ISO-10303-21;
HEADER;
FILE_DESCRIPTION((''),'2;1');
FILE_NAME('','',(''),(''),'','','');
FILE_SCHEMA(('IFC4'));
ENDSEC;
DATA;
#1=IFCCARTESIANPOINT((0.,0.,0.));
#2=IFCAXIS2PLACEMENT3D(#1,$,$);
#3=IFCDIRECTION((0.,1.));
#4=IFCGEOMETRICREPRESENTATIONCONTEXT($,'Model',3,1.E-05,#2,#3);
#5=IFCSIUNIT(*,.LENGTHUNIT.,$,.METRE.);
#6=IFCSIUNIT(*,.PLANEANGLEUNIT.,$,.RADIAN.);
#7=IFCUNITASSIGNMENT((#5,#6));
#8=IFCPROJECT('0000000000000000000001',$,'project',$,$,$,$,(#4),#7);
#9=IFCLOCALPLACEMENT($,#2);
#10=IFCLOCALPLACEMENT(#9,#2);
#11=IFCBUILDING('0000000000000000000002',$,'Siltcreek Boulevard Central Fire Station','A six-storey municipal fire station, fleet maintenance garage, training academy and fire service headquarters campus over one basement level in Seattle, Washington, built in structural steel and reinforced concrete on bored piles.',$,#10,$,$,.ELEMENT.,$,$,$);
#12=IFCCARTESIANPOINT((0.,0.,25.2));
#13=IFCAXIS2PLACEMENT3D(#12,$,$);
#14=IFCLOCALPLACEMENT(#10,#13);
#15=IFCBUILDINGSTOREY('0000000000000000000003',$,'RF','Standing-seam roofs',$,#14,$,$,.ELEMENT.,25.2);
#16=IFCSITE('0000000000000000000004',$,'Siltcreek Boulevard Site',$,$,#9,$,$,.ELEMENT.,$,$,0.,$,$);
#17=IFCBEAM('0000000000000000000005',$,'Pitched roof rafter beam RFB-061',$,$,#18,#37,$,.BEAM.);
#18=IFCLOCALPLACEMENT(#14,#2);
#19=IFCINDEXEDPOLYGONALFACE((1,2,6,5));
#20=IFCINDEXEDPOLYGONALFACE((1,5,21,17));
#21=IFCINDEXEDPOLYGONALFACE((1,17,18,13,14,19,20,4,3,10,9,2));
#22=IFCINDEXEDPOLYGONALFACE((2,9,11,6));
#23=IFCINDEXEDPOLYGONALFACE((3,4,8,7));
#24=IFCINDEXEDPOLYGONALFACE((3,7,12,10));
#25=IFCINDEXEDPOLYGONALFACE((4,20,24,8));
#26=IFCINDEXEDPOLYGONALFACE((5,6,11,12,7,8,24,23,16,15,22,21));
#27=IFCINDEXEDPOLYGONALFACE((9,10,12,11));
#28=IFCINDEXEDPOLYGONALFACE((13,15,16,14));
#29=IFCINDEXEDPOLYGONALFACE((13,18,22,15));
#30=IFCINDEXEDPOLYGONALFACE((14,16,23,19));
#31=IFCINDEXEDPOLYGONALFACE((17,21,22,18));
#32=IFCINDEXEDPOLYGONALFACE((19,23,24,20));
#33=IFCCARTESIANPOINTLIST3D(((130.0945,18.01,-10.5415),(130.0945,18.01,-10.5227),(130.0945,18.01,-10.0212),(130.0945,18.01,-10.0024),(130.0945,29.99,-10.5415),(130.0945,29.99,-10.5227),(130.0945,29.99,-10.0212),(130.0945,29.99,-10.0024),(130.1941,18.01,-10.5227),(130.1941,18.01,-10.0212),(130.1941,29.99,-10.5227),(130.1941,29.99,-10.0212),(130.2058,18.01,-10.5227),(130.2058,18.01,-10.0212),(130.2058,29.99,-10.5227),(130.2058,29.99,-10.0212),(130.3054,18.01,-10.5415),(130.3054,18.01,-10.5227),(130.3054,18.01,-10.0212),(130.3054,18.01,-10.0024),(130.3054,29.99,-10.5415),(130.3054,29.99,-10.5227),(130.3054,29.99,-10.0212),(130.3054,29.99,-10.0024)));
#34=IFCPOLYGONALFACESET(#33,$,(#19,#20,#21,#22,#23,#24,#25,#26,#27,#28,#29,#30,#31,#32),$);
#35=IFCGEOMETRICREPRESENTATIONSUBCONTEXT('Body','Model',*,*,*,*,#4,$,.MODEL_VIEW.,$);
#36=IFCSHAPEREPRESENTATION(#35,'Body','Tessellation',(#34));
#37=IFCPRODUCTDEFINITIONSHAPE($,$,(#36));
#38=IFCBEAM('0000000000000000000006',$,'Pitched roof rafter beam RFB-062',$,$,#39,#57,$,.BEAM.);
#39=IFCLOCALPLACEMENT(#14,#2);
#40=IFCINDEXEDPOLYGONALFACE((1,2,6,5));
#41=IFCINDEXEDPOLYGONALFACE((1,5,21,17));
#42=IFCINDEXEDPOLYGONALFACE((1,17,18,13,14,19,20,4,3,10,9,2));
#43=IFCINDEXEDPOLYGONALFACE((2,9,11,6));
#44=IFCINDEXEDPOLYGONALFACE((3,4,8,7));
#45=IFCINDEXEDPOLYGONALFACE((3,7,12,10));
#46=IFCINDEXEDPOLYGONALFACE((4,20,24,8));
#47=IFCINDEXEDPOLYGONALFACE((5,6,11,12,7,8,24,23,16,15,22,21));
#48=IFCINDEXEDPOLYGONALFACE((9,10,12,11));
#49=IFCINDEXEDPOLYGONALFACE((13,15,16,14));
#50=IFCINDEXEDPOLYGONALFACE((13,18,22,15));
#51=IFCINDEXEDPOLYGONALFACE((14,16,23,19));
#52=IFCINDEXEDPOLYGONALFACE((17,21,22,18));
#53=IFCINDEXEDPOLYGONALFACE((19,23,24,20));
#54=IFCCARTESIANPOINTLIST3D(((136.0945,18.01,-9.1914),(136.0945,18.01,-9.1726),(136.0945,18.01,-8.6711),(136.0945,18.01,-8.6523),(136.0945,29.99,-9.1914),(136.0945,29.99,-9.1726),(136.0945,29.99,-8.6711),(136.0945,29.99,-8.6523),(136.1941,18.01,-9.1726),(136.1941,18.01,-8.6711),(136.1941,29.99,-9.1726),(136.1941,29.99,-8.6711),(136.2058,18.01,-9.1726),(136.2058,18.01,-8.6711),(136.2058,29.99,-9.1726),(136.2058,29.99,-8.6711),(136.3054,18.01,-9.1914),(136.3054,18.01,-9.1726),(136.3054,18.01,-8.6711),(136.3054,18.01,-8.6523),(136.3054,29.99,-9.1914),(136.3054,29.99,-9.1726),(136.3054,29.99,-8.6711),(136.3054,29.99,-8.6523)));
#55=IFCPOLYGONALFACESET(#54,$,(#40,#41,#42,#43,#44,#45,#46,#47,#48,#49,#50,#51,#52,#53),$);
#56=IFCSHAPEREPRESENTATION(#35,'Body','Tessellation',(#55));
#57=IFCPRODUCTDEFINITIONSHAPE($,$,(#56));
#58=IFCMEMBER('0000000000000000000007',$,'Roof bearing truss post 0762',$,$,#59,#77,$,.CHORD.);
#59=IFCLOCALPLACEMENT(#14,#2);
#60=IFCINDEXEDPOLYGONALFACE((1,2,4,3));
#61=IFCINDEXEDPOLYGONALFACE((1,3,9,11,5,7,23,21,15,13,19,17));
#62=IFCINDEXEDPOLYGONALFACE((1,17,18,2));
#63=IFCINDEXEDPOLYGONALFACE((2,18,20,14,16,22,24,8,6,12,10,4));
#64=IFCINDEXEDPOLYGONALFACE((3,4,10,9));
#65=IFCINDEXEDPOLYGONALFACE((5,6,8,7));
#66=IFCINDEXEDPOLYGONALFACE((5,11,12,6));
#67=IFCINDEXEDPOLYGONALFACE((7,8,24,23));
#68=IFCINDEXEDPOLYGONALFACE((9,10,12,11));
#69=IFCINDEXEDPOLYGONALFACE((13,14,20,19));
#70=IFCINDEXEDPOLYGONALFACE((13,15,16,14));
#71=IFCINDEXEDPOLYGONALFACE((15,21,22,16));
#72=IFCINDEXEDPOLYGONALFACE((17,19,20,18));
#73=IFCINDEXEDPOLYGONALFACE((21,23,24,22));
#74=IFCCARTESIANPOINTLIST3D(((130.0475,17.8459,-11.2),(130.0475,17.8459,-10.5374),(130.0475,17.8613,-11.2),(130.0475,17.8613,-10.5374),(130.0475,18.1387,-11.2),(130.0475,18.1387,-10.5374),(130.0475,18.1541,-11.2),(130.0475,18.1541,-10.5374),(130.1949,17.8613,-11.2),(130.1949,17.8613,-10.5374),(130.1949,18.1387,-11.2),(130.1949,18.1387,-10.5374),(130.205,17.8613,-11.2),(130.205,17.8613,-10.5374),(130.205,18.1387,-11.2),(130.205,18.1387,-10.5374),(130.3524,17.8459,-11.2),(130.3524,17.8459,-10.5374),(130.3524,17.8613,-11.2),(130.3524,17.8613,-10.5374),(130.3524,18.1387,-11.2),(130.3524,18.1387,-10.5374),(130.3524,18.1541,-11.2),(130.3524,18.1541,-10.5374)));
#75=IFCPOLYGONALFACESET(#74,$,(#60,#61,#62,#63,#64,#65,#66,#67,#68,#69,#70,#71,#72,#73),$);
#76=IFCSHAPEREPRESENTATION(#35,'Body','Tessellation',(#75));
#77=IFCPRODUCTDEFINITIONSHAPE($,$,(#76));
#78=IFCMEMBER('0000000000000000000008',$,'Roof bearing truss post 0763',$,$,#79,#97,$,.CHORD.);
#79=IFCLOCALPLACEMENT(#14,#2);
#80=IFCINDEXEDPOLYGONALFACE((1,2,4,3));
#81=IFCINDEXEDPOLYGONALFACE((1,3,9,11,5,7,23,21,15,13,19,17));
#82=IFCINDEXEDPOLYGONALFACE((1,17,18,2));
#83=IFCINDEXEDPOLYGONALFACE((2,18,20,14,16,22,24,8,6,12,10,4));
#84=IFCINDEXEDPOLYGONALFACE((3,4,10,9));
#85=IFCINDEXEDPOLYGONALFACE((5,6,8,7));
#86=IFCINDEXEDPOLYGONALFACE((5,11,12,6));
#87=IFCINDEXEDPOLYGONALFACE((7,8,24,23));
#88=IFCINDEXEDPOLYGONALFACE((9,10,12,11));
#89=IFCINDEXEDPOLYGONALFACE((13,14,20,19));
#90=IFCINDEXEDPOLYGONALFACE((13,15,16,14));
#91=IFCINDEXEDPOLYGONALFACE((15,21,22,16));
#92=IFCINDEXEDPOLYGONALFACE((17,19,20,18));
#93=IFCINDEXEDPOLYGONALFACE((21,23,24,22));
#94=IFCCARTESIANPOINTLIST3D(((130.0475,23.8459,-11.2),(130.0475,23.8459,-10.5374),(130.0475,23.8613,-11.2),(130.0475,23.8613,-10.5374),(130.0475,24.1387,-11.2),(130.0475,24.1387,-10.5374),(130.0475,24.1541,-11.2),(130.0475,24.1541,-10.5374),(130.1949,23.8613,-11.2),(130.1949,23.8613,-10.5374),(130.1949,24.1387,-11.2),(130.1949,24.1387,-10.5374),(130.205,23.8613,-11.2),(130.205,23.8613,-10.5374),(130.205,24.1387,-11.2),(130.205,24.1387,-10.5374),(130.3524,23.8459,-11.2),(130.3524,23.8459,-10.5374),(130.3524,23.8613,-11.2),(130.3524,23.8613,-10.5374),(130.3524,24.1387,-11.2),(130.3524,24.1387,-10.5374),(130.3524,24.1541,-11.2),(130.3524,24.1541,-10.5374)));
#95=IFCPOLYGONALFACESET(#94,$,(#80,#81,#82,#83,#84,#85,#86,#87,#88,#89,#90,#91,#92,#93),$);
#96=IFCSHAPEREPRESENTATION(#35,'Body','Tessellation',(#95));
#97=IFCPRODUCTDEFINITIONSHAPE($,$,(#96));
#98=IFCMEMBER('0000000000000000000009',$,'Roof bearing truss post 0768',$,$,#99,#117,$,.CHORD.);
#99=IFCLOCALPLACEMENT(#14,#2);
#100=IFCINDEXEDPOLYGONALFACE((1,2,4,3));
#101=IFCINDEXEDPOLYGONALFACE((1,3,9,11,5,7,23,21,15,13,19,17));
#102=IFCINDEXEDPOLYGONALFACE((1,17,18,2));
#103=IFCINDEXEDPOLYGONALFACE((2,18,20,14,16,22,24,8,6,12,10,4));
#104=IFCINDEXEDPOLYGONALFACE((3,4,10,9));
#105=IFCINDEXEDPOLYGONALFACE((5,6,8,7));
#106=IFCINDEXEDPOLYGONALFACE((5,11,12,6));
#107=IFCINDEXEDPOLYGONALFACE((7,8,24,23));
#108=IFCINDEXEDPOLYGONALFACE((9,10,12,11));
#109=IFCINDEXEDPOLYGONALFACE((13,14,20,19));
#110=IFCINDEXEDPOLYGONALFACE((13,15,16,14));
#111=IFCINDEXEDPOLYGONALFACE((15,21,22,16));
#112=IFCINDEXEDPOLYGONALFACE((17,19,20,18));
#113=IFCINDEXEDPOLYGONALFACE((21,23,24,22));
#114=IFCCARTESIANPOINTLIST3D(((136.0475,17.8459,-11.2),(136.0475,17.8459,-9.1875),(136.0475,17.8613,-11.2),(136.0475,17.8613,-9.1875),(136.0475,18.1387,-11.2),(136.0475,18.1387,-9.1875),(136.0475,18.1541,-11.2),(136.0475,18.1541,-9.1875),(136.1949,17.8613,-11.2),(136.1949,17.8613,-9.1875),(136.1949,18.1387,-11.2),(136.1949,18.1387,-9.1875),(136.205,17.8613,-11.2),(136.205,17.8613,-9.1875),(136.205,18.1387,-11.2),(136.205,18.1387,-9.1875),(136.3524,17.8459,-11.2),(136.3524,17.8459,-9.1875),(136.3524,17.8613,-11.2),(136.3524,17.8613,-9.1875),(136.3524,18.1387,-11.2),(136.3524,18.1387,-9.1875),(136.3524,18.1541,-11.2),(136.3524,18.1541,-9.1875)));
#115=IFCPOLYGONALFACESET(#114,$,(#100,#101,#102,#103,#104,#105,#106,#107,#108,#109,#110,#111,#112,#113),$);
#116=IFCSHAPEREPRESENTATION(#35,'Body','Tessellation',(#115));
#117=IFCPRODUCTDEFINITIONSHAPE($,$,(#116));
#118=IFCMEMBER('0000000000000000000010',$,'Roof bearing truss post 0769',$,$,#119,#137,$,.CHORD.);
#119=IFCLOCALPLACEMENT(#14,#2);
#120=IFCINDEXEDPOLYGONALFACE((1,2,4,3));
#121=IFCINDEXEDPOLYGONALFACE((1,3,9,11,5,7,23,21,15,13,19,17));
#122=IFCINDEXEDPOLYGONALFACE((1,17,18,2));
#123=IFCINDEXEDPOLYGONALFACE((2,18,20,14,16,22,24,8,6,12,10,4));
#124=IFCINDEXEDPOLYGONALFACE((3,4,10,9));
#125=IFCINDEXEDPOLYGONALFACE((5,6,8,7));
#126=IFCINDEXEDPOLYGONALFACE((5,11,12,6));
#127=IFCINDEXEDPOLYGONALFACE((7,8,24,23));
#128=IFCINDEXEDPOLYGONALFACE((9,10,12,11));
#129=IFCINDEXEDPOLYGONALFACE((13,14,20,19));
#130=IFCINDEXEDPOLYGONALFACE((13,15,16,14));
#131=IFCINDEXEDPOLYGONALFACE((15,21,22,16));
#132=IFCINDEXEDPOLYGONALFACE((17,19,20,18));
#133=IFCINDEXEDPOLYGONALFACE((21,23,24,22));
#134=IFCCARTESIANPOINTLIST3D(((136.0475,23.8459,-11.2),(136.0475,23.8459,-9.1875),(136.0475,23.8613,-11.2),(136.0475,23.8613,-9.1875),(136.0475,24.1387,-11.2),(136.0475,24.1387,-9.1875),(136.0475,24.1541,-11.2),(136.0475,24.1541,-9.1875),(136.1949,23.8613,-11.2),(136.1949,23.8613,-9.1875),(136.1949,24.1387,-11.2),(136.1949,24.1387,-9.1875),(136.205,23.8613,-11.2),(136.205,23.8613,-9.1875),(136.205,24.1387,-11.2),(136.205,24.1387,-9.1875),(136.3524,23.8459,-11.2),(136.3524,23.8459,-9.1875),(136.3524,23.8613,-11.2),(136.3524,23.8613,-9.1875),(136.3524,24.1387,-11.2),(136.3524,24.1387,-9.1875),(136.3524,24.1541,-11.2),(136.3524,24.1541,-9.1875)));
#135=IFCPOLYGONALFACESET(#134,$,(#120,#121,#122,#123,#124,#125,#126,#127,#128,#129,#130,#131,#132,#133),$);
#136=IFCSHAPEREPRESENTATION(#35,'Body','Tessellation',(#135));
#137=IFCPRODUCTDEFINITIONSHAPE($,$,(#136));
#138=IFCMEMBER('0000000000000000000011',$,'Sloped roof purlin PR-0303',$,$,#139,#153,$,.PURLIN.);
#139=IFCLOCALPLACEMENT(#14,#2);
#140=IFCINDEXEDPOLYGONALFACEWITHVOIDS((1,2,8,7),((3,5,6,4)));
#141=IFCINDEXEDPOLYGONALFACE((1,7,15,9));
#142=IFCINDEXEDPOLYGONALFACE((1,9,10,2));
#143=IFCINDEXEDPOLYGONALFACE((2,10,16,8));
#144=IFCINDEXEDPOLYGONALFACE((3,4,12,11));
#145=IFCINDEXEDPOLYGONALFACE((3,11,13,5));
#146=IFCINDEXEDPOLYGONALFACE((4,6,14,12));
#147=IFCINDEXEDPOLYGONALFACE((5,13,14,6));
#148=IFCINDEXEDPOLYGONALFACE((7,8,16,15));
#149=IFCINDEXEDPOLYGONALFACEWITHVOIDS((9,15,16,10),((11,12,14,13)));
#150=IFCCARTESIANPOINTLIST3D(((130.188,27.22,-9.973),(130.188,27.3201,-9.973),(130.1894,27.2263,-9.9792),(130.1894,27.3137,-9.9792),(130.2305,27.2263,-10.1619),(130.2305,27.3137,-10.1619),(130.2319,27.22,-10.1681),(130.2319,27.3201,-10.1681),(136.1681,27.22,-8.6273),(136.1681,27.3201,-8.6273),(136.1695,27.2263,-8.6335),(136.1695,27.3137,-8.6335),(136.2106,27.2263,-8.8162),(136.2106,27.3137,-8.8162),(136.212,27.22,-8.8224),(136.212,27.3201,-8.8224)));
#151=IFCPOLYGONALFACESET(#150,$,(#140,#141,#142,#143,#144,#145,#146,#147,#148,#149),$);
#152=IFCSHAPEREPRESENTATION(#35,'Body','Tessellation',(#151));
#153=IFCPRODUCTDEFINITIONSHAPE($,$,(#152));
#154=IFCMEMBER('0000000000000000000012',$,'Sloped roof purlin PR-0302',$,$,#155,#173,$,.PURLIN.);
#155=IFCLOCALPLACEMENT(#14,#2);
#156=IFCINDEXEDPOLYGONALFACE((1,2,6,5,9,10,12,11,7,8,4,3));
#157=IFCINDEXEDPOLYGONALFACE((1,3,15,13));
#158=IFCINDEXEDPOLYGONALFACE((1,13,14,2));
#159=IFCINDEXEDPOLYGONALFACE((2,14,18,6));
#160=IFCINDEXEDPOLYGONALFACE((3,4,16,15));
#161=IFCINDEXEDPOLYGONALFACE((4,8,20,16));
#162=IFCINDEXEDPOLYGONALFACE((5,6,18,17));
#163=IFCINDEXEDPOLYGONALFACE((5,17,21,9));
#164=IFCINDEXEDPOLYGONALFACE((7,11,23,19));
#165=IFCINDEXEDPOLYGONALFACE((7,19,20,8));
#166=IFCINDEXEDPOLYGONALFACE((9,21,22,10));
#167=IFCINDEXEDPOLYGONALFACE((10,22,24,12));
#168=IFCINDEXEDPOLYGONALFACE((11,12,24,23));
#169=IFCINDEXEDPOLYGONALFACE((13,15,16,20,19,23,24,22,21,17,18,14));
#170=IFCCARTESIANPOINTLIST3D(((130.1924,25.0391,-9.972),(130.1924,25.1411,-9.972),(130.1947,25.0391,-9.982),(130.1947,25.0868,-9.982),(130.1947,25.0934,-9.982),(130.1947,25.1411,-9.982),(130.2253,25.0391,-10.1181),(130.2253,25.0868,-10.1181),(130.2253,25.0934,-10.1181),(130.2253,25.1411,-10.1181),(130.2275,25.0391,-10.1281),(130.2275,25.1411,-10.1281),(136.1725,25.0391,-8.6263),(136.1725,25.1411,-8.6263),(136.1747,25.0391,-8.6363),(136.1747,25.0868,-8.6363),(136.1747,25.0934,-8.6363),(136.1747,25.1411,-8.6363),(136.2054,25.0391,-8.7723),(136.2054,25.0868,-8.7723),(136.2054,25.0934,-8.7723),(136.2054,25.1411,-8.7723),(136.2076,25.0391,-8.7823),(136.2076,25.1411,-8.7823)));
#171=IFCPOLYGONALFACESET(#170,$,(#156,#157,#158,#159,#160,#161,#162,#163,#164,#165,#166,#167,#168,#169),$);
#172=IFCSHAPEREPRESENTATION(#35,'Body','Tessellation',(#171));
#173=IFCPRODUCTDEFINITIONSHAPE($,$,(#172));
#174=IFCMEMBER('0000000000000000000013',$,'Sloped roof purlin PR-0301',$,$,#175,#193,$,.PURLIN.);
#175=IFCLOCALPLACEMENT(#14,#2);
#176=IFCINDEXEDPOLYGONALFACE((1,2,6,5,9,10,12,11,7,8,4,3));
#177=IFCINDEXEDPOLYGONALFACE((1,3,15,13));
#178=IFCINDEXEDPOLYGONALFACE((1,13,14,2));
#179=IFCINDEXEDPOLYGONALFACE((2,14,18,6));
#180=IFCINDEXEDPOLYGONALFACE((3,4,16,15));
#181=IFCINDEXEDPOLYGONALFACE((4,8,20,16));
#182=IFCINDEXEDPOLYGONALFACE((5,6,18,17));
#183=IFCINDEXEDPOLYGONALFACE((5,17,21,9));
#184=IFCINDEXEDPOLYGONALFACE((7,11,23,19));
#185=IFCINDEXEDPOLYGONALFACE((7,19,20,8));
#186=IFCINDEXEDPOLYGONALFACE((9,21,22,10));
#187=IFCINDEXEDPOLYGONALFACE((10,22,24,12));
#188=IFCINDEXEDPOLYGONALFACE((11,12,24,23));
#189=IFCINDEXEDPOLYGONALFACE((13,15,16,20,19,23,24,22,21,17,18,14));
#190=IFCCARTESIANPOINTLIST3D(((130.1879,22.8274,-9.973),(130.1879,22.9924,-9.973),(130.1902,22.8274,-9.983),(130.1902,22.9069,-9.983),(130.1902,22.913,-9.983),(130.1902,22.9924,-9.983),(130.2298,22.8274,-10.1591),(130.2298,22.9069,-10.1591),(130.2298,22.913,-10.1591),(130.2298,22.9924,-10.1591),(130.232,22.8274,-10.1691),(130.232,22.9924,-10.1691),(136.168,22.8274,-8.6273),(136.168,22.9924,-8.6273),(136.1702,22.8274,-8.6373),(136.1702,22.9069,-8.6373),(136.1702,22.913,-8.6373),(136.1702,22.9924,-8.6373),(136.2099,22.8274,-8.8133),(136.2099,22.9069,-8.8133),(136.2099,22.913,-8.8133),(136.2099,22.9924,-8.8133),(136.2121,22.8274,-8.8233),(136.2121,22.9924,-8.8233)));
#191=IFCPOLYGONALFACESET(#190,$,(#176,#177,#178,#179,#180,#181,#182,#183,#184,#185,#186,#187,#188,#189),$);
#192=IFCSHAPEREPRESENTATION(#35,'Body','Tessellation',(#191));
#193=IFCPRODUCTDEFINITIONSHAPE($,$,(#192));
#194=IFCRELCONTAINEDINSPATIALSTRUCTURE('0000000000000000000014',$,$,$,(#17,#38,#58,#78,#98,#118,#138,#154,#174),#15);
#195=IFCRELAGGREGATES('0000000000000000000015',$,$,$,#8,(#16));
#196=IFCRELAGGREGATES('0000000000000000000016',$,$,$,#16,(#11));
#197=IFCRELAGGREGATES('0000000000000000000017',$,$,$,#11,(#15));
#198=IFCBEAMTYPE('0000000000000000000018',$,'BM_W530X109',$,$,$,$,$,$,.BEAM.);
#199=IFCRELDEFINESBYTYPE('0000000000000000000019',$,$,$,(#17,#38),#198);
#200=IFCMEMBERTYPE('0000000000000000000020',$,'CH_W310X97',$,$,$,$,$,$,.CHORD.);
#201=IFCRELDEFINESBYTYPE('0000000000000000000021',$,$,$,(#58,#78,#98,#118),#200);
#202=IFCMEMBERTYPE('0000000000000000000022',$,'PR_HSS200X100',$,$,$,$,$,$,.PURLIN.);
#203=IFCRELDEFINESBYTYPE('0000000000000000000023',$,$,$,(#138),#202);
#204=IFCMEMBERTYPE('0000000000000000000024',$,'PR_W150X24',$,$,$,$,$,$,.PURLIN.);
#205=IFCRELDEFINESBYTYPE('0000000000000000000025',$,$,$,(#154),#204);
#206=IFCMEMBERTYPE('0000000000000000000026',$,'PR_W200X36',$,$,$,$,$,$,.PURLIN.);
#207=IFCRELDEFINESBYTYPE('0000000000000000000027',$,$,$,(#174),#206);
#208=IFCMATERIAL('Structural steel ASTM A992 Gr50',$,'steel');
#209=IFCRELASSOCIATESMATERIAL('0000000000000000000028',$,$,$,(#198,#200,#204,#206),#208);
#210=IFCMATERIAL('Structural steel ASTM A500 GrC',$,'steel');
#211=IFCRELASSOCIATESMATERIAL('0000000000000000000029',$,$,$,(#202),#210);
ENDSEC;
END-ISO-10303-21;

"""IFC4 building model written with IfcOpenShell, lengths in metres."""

from ifc_helpers import new_model, si_unit, direction, frame, origin, origin_2d, place, context, subcontext, project, spatial, hollow_rectangle, i_section, extrude, material, material_profile, profile_set, type_object, element, save


model = new_model("IFC4")

# Units and contexts
model_context = context("Model", 3, precision=1e-05, world=origin(), true_north=direction((0.0, 1.0)))
body_context = subcontext(model_context, "Body", "Model", "MODEL_VIEW")
ifc_project = project(units=[si_unit("LENGTHUNIT", "METRE"), si_unit("PLANEANGLEUNIT", "RADIAN")], contexts=[model_context])

# Site, building, storey
site_placement = place(None, origin())
site = spatial("IfcSite", under=ifc_project, at=site_placement, Name="Siltcreek Boulevard Site", CompositionType="ELEMENT", RefElevation=0.0)
building_placement = place(site_placement, origin())
building = spatial("IfcBuilding", under=site, at=building_placement, Name="Siltcreek Boulevard Central Fire Station", Description="A six-storey municipal fire station, fleet maintenance garage, training academy and fire service headquarters campus over one basement level in Seattle, Washington, built in structural steel and reinforced concrete on bored piles.", CompositionType="ELEMENT")
storey_placement = place(building_placement, frame((0.0, 0.0, 25.2)))
storey = spatial("IfcBuildingStorey", under=building, at=storey_placement, Name="RF", Description="Standing-seam roofs", CompositionType="ELEMENT", Elevation=25.2)

# Beams
ifc_material_1 = material(Name="Structural steel ASTM A992 Gr50", Category="steel")
ifc_material_profile_1 = material_profile(ifc_material_1, i_section(OverallWidth=0.2109, OverallDepth=0.5391, WebThickness=0.0117, FlangeThickness=0.0188, at=origin_2d()), Name="W530X109")
ifc_profile_set_1 = profile_set([ifc_material_profile_1], Name="Structural steel ASTM A992 Gr50")
beam_type = type_object("IfcBeamType", Name="BM_W530X109", PredefinedType="BEAM", material=ifc_profile_set_1)
for number, where, z_axis, x_axis, name in (
    (1, (130.2, 18.01, -10.272), (0.0, 1.0, 0.0), (-1.0, 0.0, 0.0), "Pitched roof rafter beam RFB-061"),
    (2, (136.2, 18.01, -8.9219), (0.0, 1.0, 0.0), (-1.0, 0.0, 0.0), "Pitched roof rafter beam RFB-062"),
):
    element("IfcBeam", number, at=place(storey_placement, frame(where, z_axis=z_axis, x_axis=x_axis)), inside=storey, type_object=beam_type, Name=name, PredefinedType="BEAM", context=body_context, shape_type="SweptSolid", body=[
        extrude(i_section(OverallWidth=0.2109, OverallDepth=0.5391, WebThickness=0.0117, FlangeThickness=0.0188, at=origin_2d()), origin(), (0.0, 0.0, 1.0), 11.98),
    ])

# Members
ifc_material_profile_2 = material_profile(ifc_material_1, i_section(OverallWidth=0.3049, OverallDepth=0.3081, WebThickness=0.01, FlangeThickness=0.0154, at=origin_2d()), Name="W310X97")
ifc_profile_set_2 = profile_set([ifc_material_profile_2], Name="Structural steel ASTM A992 Gr50")
member_type_1 = type_object("IfcMemberType", Name="CH_W310X97", PredefinedType="CHORD", material=ifc_profile_set_2)
for number, where, z_axis, x_axis, name in (
    (3, (130.2, 18.0, -11.2), (0.0, 0.0, 1.0), (1.0, 0.0, 0.0), "Roof bearing truss post 0762"),
    (4, (130.2, 24.0, -11.2), (0.0, 0.0, 1.0), (1.0, 0.0, 0.0), "Roof bearing truss post 0763"),
):
    element("IfcMember", number, at=place(storey_placement, frame(where, z_axis=z_axis, x_axis=x_axis)), inside=storey, type_object=member_type_1, Name=name, PredefinedType="CHORD", context=body_context, shape_type="SweptSolid", body=[
        extrude(i_section(OverallWidth=0.3049, OverallDepth=0.3081, WebThickness=0.01, FlangeThickness=0.0154, at=origin_2d()), origin(), (0.0, 0.0, 1.0), 0.6626),
    ])
for number, where, z_axis, x_axis, name in (
    (5, (136.2, 18.0, -11.2), (0.0, 0.0, 1.0), (1.0, 0.0, 0.0), "Roof bearing truss post 0768"),
    (6, (136.2, 24.0, -11.2), (0.0, 0.0, 1.0), (1.0, 0.0, 0.0), "Roof bearing truss post 0769"),
):
    element("IfcMember", number, at=place(storey_placement, frame(where, z_axis=z_axis, x_axis=x_axis)), inside=storey, type_object=member_type_1, Name=name, PredefinedType="CHORD", context=body_context, shape_type="SweptSolid", body=[
        extrude(i_section(OverallWidth=0.3049, OverallDepth=0.3081, WebThickness=0.01, FlangeThickness=0.0154, at=origin_2d()), origin(), (0.0, 0.0, 1.0), 2.0125),
    ])
ifc_material_2 = material(Name="Structural steel ASTM A500 GrC", Category="steel")
ifc_material_profile_3 = material_profile(ifc_material_2, hollow_rectangle(XDim=0.1001, YDim=0.2, WallThickness=0.0063, at=origin_2d()), Name="HSS200X100X6.4")
ifc_profile_set_3 = profile_set([ifc_material_profile_3], Name="Structural steel ASTM A500 GrC")
member_type_2 = type_object("IfcMemberType", Name="PR_HSS200X100", PredefinedType="PURLIN", material=ifc_profile_set_3)
member_1_placement = place(storey_placement, frame((130.21, 27.27, -10.0706), z_axis=(0.975603, 0.0, 0.219544), x_axis=(0.0, 1.0, 0.0)))
element("IfcMember", 7, at=member_1_placement, inside=storey, type_object=member_type_2, Name="Sloped roof purlin PR-0303", PredefinedType="PURLIN", context=body_context, shape_type="SweptSolid", body=[
    extrude(hollow_rectangle(XDim=0.1001, YDim=0.2, WallThickness=0.0063, at=origin_2d()), origin(), (0.0, 0.0, 1.0), 6.1296),
])
ifc_material_profile_4 = material_profile(ifc_material_1, i_section(OverallWidth=0.1021, OverallDepth=0.1599, WebThickness=0.0066, FlangeThickness=0.0103, at=origin_2d()), Name="W150X24")
ifc_profile_set_4 = profile_set([ifc_material_profile_4], Name="Structural steel ASTM A992 Gr50")
member_type_3 = type_object("IfcMemberType", Name="PR_W150X24", PredefinedType="PURLIN", material=ifc_profile_set_4)
member_2_placement = place(storey_placement, frame((130.21, 25.0901, -10.05), z_axis=(0.975603, 0.0, 0.219544), x_axis=(0.0, 1.0, 0.0)))
element("IfcMember", 8, at=member_2_placement, inside=storey, type_object=member_type_3, Name="Sloped roof purlin PR-0302", PredefinedType="PURLIN", context=body_context, shape_type="SweptSolid", body=[
    extrude(i_section(OverallWidth=0.1021, OverallDepth=0.1599, WebThickness=0.0066, FlangeThickness=0.0103, at=origin_2d()), origin(), (0.0, 0.0, 1.0), 6.1296),
])
ifc_material_profile_5 = material_profile(ifc_material_1, i_section(OverallWidth=0.165, OverallDepth=0.2009, WebThickness=0.0061, FlangeThickness=0.0103, at=origin_2d()), Name="W200X36")
ifc_profile_set_5 = profile_set([ifc_material_profile_5], Name="Structural steel ASTM A992 Gr50")
member_type_4 = type_object("IfcMemberType", Name="PR_W200X36", PredefinedType="PURLIN", material=ifc_profile_set_5)
member_3_placement = place(storey_placement, frame((130.21, 22.9099, -10.071), z_axis=(0.975603, 0.0, 0.219544), x_axis=(0.0, 1.0, 0.0)))
element("IfcMember", 9, at=member_3_placement, inside=storey, type_object=member_type_4, Name="Sloped roof purlin PR-0301", PredefinedType="PURLIN", context=body_context, shape_type="SweptSolid", body=[
    extrude(i_section(OverallWidth=0.165, OverallDepth=0.2009, WebThickness=0.0061, FlangeThickness=0.0103, at=origin_2d()), origin(), (0.0, 0.0, 1.0), 6.1296),
])

save(model, "model.ifc")
